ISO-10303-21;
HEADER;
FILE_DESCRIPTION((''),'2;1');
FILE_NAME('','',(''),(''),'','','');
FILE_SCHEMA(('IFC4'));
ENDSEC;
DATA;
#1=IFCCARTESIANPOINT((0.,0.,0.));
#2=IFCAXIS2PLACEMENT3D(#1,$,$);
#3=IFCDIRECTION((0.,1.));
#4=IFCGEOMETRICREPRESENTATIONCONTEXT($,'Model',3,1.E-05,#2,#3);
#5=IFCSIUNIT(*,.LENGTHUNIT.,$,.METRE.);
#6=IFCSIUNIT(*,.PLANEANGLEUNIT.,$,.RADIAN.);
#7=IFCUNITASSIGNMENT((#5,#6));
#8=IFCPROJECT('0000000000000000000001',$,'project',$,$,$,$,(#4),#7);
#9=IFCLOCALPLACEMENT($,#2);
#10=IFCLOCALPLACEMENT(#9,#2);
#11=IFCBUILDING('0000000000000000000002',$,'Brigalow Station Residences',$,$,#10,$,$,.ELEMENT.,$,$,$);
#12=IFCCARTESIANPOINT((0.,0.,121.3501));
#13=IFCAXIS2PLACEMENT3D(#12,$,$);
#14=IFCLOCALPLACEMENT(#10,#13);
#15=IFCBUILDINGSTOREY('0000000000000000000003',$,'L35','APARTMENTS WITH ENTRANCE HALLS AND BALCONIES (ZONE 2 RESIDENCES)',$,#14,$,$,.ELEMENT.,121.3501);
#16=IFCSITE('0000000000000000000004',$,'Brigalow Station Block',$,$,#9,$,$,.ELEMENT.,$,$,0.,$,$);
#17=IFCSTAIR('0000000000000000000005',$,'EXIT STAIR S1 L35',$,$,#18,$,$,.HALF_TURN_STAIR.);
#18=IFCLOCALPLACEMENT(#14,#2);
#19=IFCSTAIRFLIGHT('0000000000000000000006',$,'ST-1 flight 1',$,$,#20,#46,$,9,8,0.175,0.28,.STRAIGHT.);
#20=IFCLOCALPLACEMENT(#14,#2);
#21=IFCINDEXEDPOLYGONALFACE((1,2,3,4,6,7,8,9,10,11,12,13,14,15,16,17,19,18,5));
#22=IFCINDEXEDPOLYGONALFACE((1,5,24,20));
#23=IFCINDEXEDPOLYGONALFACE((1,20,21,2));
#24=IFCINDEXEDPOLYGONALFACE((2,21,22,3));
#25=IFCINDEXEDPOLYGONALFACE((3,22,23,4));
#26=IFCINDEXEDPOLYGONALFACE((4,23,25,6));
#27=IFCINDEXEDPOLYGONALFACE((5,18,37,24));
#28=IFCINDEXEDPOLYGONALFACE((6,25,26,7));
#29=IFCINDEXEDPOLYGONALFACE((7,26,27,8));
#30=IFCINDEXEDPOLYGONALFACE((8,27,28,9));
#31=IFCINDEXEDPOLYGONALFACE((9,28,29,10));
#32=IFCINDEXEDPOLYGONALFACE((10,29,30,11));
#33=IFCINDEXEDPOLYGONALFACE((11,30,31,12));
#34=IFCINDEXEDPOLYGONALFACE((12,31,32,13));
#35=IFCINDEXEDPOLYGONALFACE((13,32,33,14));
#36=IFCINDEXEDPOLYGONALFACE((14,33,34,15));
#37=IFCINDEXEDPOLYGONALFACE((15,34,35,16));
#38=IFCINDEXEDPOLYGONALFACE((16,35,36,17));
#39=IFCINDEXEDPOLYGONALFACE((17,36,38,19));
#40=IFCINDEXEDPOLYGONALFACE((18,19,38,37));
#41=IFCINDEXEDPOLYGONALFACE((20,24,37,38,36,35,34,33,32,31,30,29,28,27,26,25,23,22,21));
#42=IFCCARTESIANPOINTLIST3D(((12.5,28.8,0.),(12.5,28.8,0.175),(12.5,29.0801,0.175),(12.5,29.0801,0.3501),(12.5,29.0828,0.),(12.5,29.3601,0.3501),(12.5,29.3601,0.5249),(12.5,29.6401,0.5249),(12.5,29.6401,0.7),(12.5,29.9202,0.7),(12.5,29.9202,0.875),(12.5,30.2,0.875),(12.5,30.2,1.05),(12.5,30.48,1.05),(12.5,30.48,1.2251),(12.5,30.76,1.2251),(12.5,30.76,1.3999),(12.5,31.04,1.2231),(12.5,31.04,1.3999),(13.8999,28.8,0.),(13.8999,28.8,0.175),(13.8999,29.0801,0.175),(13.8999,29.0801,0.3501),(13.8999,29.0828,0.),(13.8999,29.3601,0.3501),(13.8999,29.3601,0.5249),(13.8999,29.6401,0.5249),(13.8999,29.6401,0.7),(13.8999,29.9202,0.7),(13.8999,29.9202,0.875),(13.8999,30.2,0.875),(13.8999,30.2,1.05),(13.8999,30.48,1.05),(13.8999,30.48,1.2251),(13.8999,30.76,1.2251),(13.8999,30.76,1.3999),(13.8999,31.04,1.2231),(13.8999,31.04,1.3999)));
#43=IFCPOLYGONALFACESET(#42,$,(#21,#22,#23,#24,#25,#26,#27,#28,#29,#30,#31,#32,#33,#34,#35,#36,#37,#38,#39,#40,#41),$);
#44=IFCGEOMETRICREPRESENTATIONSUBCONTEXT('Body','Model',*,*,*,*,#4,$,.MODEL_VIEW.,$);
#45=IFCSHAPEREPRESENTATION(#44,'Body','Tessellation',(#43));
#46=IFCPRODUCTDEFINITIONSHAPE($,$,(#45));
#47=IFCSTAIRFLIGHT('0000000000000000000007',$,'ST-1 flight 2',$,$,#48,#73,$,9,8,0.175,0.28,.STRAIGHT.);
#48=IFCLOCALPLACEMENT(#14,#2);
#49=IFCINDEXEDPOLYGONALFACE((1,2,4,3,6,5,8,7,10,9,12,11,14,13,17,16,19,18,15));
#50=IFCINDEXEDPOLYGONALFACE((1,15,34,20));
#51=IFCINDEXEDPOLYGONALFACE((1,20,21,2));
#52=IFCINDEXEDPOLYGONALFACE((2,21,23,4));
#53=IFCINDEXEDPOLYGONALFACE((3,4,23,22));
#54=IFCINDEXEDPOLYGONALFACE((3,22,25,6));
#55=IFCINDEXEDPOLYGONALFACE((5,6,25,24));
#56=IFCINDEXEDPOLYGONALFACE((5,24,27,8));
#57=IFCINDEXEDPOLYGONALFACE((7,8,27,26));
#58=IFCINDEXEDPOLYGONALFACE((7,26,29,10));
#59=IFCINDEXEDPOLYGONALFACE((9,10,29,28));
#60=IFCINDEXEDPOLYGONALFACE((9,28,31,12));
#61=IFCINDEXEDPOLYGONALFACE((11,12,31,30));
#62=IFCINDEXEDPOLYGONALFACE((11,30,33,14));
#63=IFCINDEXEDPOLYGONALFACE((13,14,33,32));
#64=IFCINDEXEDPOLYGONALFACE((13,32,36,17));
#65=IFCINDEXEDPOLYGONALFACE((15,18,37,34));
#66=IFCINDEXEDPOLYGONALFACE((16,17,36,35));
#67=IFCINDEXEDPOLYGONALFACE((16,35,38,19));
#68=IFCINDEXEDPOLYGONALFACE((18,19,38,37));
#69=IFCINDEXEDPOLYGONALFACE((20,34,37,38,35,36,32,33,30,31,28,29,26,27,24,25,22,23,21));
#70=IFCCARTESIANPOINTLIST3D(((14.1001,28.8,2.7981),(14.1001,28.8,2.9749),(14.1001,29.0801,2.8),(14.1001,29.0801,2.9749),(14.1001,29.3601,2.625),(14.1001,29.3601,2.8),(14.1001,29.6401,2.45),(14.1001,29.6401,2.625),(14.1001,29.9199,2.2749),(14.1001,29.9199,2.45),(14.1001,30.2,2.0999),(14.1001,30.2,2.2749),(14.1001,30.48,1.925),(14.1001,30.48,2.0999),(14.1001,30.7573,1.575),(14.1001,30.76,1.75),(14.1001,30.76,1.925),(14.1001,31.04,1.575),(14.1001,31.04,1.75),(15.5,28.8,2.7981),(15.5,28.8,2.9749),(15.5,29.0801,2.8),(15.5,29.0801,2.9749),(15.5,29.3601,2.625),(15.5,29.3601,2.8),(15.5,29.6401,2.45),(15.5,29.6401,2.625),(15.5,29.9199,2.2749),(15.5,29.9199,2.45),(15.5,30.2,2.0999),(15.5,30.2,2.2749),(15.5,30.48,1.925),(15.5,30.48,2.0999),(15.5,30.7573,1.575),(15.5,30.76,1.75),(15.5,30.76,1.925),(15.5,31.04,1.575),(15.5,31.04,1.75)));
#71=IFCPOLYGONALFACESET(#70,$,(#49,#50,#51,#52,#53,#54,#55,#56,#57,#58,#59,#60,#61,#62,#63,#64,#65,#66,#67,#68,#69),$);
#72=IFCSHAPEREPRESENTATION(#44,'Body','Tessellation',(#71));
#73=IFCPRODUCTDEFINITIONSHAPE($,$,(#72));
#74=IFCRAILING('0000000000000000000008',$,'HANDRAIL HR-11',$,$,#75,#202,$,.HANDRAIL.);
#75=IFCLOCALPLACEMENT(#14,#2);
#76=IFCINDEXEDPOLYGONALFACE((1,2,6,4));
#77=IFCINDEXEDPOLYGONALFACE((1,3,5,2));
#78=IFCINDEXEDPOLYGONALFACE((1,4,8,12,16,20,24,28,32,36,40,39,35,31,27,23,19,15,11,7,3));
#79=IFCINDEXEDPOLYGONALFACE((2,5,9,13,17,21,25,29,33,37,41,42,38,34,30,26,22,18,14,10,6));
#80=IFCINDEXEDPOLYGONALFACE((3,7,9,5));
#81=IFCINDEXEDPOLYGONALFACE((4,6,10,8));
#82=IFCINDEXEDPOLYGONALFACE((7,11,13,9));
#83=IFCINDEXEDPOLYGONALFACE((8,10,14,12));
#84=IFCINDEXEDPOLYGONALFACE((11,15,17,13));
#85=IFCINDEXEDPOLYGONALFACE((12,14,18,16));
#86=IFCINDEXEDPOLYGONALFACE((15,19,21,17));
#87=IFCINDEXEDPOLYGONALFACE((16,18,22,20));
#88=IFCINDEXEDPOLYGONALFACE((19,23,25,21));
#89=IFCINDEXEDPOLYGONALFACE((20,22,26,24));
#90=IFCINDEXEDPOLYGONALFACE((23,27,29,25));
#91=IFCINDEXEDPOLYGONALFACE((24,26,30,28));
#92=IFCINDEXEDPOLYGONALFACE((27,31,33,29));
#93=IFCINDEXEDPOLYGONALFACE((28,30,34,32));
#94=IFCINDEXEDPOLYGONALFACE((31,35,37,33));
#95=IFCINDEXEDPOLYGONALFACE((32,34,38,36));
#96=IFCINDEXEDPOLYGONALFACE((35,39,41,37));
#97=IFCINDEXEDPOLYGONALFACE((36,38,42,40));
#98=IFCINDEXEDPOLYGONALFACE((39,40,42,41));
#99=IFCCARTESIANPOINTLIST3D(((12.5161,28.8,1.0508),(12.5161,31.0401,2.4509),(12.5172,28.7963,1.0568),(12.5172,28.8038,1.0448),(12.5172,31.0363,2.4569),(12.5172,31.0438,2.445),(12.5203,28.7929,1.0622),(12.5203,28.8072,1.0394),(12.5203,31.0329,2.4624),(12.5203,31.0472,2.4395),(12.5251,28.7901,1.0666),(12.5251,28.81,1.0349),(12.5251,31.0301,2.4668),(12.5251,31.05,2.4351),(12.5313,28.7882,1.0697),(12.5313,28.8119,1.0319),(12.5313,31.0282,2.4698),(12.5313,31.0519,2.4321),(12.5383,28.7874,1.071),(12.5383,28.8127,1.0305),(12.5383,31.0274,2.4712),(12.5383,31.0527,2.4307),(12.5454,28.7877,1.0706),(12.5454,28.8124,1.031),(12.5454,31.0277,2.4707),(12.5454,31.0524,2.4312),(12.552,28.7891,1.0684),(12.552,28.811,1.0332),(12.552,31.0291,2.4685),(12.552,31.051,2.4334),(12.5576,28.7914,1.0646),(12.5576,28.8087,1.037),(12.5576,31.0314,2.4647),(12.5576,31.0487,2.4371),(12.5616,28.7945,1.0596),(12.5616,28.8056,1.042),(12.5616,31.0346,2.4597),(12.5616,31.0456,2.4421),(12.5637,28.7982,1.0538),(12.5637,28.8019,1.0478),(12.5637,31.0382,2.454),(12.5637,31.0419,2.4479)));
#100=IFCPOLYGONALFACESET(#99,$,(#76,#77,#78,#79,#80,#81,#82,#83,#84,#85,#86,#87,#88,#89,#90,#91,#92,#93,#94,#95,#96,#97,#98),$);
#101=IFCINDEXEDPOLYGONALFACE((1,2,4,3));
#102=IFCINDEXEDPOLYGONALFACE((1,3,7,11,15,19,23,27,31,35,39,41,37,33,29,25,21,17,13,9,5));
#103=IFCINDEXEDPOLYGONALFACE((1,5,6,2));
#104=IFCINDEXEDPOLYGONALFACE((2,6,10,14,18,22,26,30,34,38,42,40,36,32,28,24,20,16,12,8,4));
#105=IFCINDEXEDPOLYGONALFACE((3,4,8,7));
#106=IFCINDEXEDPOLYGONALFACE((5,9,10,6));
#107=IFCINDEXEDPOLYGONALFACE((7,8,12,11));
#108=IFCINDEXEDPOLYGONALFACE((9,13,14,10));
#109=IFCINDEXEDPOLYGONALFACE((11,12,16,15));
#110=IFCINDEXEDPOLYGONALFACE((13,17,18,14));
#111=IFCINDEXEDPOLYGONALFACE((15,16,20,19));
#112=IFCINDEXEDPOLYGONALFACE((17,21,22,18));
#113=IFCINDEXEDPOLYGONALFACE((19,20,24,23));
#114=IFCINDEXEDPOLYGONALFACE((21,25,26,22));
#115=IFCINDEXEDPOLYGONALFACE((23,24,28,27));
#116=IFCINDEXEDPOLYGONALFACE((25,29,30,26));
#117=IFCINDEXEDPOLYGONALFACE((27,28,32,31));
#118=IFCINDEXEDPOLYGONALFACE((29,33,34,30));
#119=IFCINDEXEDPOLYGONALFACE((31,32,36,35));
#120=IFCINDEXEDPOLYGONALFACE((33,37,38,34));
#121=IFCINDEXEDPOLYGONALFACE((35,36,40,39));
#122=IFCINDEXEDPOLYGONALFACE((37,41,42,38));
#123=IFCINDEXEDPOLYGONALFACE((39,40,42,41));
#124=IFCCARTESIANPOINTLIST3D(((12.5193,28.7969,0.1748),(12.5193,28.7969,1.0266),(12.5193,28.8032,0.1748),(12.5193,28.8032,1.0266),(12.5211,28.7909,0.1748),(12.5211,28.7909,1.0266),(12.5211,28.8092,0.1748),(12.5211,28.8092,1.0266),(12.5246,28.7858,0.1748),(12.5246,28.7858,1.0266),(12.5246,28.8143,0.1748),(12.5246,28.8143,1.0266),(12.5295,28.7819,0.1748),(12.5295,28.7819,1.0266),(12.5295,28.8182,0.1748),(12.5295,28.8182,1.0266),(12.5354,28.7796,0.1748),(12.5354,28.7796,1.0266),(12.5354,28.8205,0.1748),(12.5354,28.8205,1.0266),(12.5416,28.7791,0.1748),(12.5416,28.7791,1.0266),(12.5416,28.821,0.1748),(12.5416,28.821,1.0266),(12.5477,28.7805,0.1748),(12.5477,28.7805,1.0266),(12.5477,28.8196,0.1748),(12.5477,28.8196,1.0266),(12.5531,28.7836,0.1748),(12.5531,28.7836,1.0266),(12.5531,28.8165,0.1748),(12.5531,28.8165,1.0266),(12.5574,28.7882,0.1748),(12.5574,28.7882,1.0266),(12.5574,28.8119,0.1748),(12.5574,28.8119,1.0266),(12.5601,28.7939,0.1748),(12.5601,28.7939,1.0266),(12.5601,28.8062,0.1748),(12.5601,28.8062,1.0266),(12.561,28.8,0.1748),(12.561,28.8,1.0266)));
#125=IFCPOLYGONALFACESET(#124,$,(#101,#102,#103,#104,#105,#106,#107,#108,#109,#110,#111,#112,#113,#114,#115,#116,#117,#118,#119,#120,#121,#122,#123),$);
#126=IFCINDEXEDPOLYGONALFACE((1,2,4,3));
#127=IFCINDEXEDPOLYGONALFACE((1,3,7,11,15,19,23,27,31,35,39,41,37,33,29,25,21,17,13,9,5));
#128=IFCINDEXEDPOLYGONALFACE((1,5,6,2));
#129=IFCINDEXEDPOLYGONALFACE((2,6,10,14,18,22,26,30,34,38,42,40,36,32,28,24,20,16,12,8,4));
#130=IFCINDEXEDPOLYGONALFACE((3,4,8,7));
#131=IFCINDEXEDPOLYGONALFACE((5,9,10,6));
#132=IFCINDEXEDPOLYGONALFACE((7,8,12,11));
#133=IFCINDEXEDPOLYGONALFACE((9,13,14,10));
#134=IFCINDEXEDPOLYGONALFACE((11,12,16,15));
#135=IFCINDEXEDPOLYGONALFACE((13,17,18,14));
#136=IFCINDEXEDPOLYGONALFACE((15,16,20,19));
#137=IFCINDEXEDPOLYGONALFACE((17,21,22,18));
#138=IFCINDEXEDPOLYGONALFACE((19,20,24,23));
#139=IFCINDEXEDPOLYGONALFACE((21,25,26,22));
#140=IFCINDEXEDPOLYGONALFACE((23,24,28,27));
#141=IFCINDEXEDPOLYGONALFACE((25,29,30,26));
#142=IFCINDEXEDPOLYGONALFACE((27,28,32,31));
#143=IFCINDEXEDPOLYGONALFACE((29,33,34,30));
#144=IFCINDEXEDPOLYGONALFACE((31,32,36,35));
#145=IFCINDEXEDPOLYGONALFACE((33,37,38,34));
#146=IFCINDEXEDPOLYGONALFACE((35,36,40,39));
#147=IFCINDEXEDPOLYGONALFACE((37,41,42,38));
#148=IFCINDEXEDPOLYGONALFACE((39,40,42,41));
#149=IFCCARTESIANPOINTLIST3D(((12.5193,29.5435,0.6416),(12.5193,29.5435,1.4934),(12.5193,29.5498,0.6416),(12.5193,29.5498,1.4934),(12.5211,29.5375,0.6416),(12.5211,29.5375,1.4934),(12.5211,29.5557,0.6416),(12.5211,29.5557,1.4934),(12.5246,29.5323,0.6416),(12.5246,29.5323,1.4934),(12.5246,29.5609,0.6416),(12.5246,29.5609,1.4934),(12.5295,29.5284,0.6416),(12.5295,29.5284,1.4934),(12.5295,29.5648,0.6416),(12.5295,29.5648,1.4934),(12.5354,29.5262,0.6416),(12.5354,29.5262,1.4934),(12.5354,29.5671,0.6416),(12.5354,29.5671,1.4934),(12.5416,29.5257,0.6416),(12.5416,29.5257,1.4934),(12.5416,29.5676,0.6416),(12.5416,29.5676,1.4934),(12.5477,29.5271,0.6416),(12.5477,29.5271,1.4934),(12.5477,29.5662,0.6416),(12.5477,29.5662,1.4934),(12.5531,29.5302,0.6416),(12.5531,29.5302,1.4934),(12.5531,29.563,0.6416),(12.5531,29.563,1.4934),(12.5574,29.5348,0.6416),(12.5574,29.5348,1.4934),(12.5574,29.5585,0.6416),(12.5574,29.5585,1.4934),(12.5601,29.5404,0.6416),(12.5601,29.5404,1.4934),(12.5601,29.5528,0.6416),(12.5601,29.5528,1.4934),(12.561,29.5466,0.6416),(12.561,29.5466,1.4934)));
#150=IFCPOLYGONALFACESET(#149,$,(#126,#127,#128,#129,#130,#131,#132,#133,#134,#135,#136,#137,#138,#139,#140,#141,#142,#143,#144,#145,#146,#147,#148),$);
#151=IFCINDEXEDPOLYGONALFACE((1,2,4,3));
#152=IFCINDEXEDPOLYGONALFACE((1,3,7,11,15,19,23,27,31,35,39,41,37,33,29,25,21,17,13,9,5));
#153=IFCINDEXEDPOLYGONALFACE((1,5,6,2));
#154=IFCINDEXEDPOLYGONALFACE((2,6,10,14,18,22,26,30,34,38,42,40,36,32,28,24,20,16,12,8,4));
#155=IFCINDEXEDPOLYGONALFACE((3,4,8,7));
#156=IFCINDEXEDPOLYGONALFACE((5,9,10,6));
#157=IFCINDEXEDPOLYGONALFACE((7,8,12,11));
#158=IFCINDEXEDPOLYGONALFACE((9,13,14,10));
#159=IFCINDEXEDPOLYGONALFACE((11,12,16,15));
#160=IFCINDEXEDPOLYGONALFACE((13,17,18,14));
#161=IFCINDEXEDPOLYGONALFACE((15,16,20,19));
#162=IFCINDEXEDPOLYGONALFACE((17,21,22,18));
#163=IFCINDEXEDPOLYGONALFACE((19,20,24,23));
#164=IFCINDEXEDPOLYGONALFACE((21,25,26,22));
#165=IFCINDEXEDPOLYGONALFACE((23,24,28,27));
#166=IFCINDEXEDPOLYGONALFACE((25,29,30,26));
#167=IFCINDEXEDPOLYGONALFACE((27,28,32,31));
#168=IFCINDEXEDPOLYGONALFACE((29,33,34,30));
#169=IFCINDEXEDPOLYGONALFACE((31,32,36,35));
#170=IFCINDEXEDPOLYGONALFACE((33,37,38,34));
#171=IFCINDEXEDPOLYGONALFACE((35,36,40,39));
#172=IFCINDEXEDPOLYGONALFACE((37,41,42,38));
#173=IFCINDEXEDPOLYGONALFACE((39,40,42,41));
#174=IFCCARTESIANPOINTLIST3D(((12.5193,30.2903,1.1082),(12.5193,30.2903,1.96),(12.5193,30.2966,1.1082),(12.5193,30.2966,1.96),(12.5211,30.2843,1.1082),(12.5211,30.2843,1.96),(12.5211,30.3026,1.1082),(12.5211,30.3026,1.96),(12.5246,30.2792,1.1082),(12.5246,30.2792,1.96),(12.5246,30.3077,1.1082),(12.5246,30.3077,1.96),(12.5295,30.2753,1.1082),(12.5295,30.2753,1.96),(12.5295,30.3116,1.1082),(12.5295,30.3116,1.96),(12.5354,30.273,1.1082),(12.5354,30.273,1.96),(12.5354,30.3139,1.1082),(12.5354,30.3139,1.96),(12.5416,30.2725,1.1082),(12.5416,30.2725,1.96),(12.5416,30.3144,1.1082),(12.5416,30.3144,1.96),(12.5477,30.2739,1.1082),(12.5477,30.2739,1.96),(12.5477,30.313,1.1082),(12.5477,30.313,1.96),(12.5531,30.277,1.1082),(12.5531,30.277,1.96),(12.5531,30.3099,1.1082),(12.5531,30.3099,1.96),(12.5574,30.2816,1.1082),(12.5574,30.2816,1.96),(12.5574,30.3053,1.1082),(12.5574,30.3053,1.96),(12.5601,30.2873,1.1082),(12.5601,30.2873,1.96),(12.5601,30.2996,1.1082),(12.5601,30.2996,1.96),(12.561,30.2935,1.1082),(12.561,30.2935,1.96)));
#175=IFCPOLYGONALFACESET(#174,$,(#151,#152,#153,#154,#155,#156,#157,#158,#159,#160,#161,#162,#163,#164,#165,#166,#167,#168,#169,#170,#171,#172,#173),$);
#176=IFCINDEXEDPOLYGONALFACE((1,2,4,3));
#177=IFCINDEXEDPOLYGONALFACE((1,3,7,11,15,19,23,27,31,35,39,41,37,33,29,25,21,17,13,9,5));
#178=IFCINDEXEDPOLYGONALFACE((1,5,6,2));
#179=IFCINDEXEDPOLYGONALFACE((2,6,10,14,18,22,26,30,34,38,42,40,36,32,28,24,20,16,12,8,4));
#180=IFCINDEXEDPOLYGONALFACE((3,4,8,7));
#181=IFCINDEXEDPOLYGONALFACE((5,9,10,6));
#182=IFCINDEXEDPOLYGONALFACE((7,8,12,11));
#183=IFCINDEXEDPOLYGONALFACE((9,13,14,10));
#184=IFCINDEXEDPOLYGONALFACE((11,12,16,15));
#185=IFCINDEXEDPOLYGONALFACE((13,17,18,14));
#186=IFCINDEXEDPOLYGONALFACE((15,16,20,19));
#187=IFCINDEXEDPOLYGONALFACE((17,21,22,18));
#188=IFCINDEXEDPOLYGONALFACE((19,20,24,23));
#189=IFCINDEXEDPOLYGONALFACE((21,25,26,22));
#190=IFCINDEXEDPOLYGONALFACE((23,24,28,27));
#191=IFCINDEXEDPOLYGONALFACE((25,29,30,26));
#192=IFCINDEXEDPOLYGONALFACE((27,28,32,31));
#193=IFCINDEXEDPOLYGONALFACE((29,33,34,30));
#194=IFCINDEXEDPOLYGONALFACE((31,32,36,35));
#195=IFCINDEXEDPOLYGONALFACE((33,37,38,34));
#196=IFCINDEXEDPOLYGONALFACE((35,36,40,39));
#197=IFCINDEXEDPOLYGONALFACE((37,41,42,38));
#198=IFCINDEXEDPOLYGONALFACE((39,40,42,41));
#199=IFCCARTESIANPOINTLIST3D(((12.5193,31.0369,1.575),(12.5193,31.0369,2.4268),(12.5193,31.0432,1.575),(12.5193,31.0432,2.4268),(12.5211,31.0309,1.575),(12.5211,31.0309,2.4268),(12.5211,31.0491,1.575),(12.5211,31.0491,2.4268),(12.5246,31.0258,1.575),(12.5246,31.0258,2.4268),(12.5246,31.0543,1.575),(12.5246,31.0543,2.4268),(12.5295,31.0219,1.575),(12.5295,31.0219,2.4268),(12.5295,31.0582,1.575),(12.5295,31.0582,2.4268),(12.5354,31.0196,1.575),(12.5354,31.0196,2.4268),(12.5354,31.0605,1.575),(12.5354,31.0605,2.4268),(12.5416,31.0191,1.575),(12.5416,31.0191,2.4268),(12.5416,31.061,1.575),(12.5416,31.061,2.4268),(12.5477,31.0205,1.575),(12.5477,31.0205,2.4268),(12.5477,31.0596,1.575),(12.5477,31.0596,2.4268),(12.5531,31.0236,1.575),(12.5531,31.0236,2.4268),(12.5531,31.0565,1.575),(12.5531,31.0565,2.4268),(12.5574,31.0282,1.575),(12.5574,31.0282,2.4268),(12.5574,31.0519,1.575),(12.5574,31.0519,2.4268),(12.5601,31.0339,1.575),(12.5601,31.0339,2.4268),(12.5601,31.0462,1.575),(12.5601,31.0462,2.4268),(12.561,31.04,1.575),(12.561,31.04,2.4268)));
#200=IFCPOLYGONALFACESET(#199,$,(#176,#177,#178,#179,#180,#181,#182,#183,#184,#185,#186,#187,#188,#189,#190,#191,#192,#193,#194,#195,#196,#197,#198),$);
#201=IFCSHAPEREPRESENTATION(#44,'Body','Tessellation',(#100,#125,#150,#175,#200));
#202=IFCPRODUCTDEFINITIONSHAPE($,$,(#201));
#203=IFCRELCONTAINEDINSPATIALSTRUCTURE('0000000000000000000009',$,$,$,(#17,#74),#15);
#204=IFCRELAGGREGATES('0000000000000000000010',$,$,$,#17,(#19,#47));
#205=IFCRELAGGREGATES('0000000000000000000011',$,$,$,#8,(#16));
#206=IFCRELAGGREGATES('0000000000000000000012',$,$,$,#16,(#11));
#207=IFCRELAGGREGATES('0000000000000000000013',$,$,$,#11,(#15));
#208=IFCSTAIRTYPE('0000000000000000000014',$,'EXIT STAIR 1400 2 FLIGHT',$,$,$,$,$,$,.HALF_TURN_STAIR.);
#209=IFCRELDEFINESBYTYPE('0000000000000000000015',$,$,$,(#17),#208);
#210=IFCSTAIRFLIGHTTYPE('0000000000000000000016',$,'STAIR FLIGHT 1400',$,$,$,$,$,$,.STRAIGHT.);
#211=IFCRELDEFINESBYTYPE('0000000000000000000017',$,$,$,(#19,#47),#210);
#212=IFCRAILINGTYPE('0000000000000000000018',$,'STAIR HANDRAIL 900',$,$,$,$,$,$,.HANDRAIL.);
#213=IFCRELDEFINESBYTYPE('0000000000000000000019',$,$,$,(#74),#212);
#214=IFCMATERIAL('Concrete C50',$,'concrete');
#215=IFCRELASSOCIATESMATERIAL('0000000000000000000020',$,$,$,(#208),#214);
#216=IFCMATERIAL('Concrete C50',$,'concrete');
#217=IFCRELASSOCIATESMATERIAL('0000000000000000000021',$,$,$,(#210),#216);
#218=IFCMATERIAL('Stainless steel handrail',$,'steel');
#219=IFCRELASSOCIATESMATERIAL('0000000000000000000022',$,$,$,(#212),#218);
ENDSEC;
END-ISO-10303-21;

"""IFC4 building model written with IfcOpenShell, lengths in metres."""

from ifc_helpers import new_model, si_unit, direction, frame, origin, origin_2d, place, context, subcontext, project, spatial, polyline, circle, outline, extrude, material, type_object, element, aggregate, save


model = new_model("IFC4")

# Units and contexts
model_context = context("Model", 3, precision=1e-05, world=origin(), true_north=direction((0.0, 1.0)))
body_context = subcontext(model_context, "Body", "Model", "MODEL_VIEW")
ifc_project = project(units=[si_unit("LENGTHUNIT", "METRE"), si_unit("PLANEANGLEUNIT", "RADIAN")], contexts=[model_context])

# Site, building, storey
site_placement = place(None, origin())
site = spatial("IfcSite", under=ifc_project, at=site_placement, Name="Brigalow Station Block", CompositionType="ELEMENT", RefElevation=0.0)
building_placement = place(site_placement, origin())
building = spatial("IfcBuilding", under=site, at=building_placement, Name="Brigalow Station Residences", CompositionType="ELEMENT")
storey_placement = place(building_placement, frame((0.0, 0.0, 121.3501)))
storey = spatial("IfcBuildingStorey", under=building, at=storey_placement, Name="L35", Description="APARTMENTS WITH ENTRANCE HALLS AND BALCONIES (ZONE 2 RESIDENCES)", CompositionType="ELEMENT", Elevation=121.3501)

# Stair, stair flights
ifc_material_1 = material(Name="Concrete C50", Category="concrete")
stair_type = type_object("IfcStairType", Name="EXIT STAIR 1400 2 FLIGHT", PredefinedType="HALF_TURN_STAIR", material=ifc_material_1)
stair_placement = place(storey_placement, origin())
stair = element("IfcStair", 1, at=stair_placement, inside=storey, type_object=stair_type, Name="EXIT STAIR S1 L35", PredefinedType="HALF_TURN_STAIR")
ifc_material_2 = material(Name="Concrete C50", Category="concrete")
stair_flight_type = type_object("IfcStairFlightType", Name="STAIR FLIGHT 1400", PredefinedType="STRAIGHT", material=ifc_material_2)
stair_flight_1_placement = place(storey_placement, frame((13.2, 28.8, 0.0), z_axis=(0.0, 0.0, 1.0), x_axis=(0.0, 1.0, 0.0)))
stair_flight_1 = element("IfcStairFlight", 2, at=stair_flight_1_placement, type_object=stair_flight_type, Name="ST-1 flight 1", NumberOfRisers=9, NumberOfTreads=8, PredefinedType="STRAIGHT", RiserHeight=0.175, TreadLength=0.28, context=body_context, shape_type="SweptSolid", body=[
    extrude(outline(polyline([(0.0, 0.0), (0.0, 0.175), (0.28, 0.175), (0.28, 0.3501), (0.5601, 0.3501), (0.5601, 0.5249), (0.8401, 0.5249), (0.8401, 0.7), (1.1201, 0.7), (1.1201, 0.875), (1.3999, 0.875), (1.3999, 1.05), (1.6799, 1.05), (1.6799, 1.2251), (1.96, 1.2251), (1.96, 1.3999), (2.24, 1.3999), (2.24, 1.575), (2.24, 1.2231), (0.2827, 0.0), (0.0, 0.0)])), frame((0.0, 0.7, 0.0), z_axis=(0.0, -1.0, 0.0), x_axis=(1.0, 0.0, 0.0)), (0.0, 0.0, 1.0), 1.3999),
])
stair_flight_2_placement = place(storey_placement, frame((14.8, 31.04, 1.575), z_axis=(0.0, 0.0, 1.0), x_axis=(0.0, -1.0, 0.0)))
stair_flight_2 = element("IfcStairFlight", 3, at=stair_flight_2_placement, type_object=stair_flight_type, Name="ST-1 flight 2", NumberOfRisers=9, NumberOfTreads=8, PredefinedType="STRAIGHT", RiserHeight=0.175, TreadLength=0.28, context=body_context, shape_type="SweptSolid", body=[
    extrude(outline(polyline([(0.0, 0.0), (0.0, 0.175), (0.28, 0.175), (0.28, 0.3501), (0.5601, 0.3501), (0.5601, 0.5249), (0.8401, 0.5249), (0.8401, 0.7), (1.1201, 0.7), (1.1201, 0.875), (1.3999, 0.875), (1.3999, 1.05), (1.6799, 1.05), (1.6799, 1.2251), (1.96, 1.2251), (1.96, 1.3999), (2.24, 1.3999), (2.24, 1.575), (2.24, 1.2231), (0.2827, 0.0), (0.0, 0.0)])), frame((0.0, 0.7, 0.0), z_axis=(0.0, -1.0, 0.0), x_axis=(1.0, 0.0, 0.0)), (0.0, 0.0, 1.0), 1.3999),
])
aggregate(stair, [stair_flight_1, stair_flight_2])

# Railing
ifc_material_3 = material(Name="Stainless steel handrail", Category="steel")
railing_type_1 = type_object("IfcRailingType", Name="STAIR HANDRAIL 900", PredefinedType="HANDRAIL", material=ifc_material_3)
railing_1_placement = place(storey_placement, frame((12.54, 28.8, 0.1748)))
element("IfcRailing", 4, at=railing_1_placement, inside=storey, type_object=railing_type_1, Name="HANDRAIL HR-11", PredefinedType="HANDRAIL", context=body_context, shape_type="SweptSolid", body=[
    extrude(circle(Radius=0.0239, at=origin_2d()), frame((0.0, 0.0, 0.876), z_axis=(0.0, 0.847972, 0.53004), x_axis=(-1.0, 0.0, 0.0)), (0.0, 0.0, 1.0), 2.6416),
    extrude(circle(Radius=0.021, at=origin_2d()), origin(), (0.0, 0.0, 1.0), 0.8518),
    extrude(circle(Radius=0.021, at=origin_2d()), frame((0.0, 0.7466, 0.4668)), (0.0, 0.0, 1.0), 0.8518),
    extrude(circle(Radius=0.021, at=origin_2d()), frame((0.0, 1.4934, 0.9333)), (0.0, 0.0, 1.0), 0.8518),
    extrude(circle(Radius=0.021, at=origin_2d()), frame((0.0, 2.24, 1.4001)), (0.0, 0.0, 1.0), 0.8518),
])

save(model, "model.ifc")
